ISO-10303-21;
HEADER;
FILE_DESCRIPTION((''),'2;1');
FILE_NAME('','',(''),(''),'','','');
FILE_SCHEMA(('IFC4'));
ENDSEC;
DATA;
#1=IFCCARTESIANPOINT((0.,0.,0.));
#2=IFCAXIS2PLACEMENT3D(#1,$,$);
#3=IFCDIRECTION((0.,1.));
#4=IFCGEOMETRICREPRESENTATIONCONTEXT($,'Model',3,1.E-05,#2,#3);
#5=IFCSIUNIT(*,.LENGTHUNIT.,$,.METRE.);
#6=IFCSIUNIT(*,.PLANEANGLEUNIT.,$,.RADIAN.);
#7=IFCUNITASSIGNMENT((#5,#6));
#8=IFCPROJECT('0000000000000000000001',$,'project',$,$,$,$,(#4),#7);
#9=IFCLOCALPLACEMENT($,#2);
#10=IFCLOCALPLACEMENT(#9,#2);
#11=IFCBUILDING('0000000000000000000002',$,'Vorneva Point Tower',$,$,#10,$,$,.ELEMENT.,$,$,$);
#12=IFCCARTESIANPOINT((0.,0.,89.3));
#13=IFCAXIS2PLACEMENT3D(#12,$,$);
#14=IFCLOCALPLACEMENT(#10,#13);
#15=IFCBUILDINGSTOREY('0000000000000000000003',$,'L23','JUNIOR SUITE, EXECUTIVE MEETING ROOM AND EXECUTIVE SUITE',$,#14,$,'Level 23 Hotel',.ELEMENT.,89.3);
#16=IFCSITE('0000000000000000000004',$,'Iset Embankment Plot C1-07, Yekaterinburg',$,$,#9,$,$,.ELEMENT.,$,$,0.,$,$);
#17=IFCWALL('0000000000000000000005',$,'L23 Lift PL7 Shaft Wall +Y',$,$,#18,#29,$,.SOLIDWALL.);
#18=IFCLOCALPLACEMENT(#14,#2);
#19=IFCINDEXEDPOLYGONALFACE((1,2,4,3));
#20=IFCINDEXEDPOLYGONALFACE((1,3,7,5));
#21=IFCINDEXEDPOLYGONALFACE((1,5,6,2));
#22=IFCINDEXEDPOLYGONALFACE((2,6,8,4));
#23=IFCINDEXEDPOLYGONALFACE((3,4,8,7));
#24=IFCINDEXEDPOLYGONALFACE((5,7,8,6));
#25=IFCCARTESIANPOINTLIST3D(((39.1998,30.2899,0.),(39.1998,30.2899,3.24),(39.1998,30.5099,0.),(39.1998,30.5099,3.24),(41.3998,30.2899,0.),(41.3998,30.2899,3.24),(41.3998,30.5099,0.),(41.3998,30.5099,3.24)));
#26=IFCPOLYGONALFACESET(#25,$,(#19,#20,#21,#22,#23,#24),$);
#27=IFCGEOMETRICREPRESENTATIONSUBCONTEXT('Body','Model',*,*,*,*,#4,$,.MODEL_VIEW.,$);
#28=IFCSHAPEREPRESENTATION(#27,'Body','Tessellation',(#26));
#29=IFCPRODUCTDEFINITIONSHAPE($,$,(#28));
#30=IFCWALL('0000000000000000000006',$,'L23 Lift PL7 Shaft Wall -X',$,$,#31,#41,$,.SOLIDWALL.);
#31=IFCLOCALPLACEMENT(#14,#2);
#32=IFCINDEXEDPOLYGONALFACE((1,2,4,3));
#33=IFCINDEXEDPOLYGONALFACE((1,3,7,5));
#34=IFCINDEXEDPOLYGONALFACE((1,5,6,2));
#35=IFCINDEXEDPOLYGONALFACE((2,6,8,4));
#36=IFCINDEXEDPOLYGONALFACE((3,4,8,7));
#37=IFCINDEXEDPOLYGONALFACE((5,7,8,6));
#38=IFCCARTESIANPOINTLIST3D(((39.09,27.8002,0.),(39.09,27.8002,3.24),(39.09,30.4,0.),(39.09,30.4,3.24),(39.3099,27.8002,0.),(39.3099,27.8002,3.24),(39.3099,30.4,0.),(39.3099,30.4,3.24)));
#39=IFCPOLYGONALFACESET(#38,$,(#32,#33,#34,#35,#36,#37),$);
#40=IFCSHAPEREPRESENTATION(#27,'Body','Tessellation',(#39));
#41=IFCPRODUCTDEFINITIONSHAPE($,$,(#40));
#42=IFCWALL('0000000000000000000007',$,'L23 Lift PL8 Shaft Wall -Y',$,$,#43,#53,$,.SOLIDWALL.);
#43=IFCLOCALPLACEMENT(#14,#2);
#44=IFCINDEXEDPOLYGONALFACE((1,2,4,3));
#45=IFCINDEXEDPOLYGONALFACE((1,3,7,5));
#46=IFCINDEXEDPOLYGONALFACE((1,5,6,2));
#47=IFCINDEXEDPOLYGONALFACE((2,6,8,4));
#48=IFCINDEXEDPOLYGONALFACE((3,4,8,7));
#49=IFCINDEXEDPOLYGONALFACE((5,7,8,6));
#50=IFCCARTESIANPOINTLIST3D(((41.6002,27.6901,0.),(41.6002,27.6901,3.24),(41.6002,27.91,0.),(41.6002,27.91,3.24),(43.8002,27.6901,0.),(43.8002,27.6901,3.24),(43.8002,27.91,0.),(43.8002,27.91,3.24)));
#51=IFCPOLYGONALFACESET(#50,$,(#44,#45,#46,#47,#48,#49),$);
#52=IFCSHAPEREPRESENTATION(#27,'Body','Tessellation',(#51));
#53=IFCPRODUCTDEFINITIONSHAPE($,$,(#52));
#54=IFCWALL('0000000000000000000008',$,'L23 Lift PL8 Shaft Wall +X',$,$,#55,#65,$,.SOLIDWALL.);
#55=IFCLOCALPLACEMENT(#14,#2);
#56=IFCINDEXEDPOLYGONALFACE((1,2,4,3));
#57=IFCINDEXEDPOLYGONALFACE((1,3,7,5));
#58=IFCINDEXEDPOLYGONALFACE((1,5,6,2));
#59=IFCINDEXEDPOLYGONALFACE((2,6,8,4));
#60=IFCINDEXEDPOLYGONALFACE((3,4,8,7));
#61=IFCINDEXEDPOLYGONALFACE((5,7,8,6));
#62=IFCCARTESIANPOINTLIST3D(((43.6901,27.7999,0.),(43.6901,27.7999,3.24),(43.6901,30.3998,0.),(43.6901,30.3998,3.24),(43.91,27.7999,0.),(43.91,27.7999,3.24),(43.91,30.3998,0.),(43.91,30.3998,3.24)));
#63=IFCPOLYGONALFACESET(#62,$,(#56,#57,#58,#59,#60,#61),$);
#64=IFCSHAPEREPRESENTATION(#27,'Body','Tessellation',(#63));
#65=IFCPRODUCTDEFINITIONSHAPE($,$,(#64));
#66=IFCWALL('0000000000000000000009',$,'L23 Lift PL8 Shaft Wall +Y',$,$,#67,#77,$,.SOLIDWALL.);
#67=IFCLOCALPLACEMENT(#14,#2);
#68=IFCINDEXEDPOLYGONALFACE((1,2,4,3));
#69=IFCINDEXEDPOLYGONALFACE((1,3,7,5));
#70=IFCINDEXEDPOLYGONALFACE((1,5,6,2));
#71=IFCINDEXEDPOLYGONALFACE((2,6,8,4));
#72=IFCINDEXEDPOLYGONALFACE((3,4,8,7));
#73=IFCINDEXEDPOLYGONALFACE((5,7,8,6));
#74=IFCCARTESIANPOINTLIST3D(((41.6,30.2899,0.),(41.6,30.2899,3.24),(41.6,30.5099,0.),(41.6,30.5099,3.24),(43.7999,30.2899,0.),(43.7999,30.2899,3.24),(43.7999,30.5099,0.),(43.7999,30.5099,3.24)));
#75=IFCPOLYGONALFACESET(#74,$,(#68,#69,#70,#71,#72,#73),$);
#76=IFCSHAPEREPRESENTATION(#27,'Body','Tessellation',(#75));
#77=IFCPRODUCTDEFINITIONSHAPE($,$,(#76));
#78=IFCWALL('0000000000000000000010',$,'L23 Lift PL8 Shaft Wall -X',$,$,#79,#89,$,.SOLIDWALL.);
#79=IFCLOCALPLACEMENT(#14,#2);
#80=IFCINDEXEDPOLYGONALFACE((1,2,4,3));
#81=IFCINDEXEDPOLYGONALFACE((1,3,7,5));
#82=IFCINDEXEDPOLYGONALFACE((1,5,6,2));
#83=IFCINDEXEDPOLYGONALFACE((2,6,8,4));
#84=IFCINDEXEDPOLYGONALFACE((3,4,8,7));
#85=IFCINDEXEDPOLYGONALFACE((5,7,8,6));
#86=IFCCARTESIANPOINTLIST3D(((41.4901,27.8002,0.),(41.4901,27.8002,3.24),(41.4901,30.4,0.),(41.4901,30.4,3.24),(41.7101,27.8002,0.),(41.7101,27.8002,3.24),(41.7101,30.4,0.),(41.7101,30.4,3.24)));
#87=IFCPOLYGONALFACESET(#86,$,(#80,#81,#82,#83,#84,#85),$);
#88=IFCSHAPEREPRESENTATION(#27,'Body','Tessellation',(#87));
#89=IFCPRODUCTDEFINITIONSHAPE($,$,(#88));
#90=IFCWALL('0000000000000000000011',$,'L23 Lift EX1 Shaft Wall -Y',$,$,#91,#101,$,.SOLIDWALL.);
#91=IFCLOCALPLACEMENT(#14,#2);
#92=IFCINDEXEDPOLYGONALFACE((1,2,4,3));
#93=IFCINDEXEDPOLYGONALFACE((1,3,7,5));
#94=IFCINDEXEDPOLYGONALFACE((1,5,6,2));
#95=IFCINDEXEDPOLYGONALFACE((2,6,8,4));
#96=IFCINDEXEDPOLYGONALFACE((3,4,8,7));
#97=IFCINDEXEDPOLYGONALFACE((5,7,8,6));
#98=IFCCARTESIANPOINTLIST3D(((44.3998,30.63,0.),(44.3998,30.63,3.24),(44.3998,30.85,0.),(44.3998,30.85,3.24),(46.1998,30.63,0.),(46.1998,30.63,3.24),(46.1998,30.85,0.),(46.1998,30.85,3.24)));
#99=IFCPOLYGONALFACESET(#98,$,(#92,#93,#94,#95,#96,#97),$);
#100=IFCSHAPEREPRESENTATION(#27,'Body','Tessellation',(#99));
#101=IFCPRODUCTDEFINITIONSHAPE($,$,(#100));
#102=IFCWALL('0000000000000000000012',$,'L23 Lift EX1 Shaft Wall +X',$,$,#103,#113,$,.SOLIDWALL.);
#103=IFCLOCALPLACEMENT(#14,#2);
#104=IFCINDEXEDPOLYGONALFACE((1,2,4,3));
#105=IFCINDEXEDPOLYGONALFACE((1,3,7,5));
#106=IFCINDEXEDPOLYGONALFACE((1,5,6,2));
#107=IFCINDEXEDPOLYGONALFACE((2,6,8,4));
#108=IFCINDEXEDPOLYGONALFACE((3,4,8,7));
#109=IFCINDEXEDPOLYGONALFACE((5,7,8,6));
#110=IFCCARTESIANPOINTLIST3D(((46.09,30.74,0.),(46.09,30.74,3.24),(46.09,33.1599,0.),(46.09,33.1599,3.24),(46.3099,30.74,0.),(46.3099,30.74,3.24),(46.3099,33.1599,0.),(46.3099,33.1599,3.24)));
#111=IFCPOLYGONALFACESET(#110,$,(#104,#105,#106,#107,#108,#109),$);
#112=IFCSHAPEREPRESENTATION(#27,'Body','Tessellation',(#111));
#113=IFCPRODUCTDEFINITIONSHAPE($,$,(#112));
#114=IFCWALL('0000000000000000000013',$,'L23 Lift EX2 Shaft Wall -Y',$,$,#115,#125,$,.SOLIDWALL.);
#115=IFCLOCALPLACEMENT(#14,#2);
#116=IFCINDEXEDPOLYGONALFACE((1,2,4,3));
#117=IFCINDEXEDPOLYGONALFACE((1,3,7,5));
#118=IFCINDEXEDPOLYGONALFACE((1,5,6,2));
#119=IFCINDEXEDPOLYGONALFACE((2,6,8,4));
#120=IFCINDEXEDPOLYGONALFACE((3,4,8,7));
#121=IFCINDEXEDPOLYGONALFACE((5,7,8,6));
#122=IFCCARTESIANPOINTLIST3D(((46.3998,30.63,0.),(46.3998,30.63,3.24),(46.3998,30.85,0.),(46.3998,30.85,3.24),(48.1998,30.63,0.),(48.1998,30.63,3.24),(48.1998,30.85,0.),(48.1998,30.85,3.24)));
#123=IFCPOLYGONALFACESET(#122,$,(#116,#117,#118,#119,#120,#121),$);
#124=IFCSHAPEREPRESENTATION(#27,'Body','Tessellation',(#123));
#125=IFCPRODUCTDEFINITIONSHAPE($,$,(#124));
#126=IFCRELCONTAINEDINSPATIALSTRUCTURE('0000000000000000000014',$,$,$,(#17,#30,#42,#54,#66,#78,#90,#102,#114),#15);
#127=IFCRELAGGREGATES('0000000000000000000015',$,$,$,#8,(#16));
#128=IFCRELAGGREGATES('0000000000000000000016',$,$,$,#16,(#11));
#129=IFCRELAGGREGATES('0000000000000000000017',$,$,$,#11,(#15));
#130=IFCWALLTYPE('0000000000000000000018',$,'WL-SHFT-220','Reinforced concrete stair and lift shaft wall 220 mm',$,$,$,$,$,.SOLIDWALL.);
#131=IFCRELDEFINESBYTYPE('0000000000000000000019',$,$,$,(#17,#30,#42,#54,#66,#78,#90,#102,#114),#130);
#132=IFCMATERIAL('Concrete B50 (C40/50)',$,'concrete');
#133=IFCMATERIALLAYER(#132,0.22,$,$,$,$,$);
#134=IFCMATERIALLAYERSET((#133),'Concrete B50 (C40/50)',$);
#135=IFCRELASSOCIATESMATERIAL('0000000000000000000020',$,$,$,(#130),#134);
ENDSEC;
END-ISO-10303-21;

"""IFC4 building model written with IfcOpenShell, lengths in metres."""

from ifc_helpers import new_model, si_unit, direction, frame, frame_2d, origin, place, context, subcontext, project, spatial, rectangle, extrude, material, layer, layer_set, type_object, element, save


model = new_model("IFC4")

# Units and contexts
model_context = context("Model", 3, precision=1e-05, world=origin(), true_north=direction((0.0, 1.0)))
body_context = subcontext(model_context, "Body", "Model", "MODEL_VIEW")
ifc_project = project(units=[si_unit("LENGTHUNIT", "METRE"), si_unit("PLANEANGLEUNIT", "RADIAN")], contexts=[model_context])

# Site, building, storey
site_placement = place(None, origin())
site = spatial("IfcSite", under=ifc_project, at=site_placement, Name="Iset Embankment Plot C1-07, Yekaterinburg", CompositionType="ELEMENT", RefElevation=0.0)
building_placement = place(site_placement, origin())
building = spatial("IfcBuilding", under=site, at=building_placement, Name="Vorneva Point Tower", CompositionType="ELEMENT")
storey_placement = place(building_placement, frame((0.0, 0.0, 89.3)))
storey = spatial("IfcBuildingStorey", under=building, at=storey_placement, Name="L23", Description="JUNIOR SUITE, EXECUTIVE MEETING ROOM AND EXECUTIVE SUITE", LongName="Level 23 Hotel", CompositionType="ELEMENT", Elevation=89.3)

# Walls
ifc_material_1 = material(Name="Concrete B50 (C40/50)", Category="concrete")
ifc_layer_1 = layer(ifc_material_1, 0.22)
ifc_layer_set_1 = layer_set([ifc_layer_1], Name="Concrete B50 (C40/50)")
wall_type_1 = type_object("IfcWallType", Name="WL-SHFT-220", Description="Reinforced concrete stair and lift shaft wall 220 mm", PredefinedType="SOLIDWALL", material=ifc_layer_set_1)
wall_1_placement = place(storey_placement, frame((41.3999, 30.3999, 0.0), z_axis=(0.0, 0.0, 1.0), x_axis=(-1.0, 0.0, 0.0)))
element("IfcWall", 1, at=wall_1_placement, inside=storey, type_object=wall_type_1, Name="L23 Lift PL7 Shaft Wall +Y", PredefinedType="SOLIDWALL", context=body_context, shape_type="SweptSolid", body=[
    extrude(rectangle(XDim=2.2, YDim=0.22, at=frame_2d((1.1001, 0.0))), origin(), (0.0, 0.0, 1.0), 3.24),
])
wall_2_placement = place(storey_placement, frame((39.2, 30.3999, 0.0), z_axis=(0.0, 0.0, 1.0), x_axis=(0.0, -1.0, 0.0)))
element("IfcWall", 2, at=wall_2_placement, inside=storey, type_object=wall_type_1, Name="L23 Lift PL7 Shaft Wall -X", PredefinedType="SOLIDWALL", context=body_context, shape_type="SweptSolid", body=[
    extrude(rectangle(XDim=2.5999, YDim=0.22, at=frame_2d((1.2998, 0.0))), origin(), (0.0, 0.0, 1.0), 3.24),
])
wall_3_placement = place(storey_placement, frame((41.6001, 27.8, 0.0), z_axis=(0.0, 0.0, 1.0), x_axis=(1.0, 0.0, 0.0)))
element("IfcWall", 3, at=wall_3_placement, inside=storey, type_object=wall_type_1, Name="L23 Lift PL8 Shaft Wall -Y", PredefinedType="SOLIDWALL", context=body_context, shape_type="SweptSolid", body=[
    extrude(rectangle(XDim=2.2, YDim=0.22, at=frame_2d((1.1001, 0.0))), origin(), (0.0, 0.0, 1.0), 3.24),
])
wall_4_placement = place(storey_placement, frame((43.8, 27.8, 0.0), z_axis=(0.0, 0.0, 1.0), x_axis=(0.0, 1.0, 0.0)))
element("IfcWall", 4, at=wall_4_placement, inside=storey, type_object=wall_type_1, Name="L23 Lift PL8 Shaft Wall +X", PredefinedType="SOLIDWALL", context=body_context, shape_type="SweptSolid", body=[
    extrude(rectangle(XDim=2.5999, YDim=0.22, at=frame_2d((1.2998, 0.0))), origin(), (0.0, 0.0, 1.0), 3.24),
])
wall_5_placement = place(storey_placement, frame((43.8, 30.3999, 0.0), z_axis=(0.0, 0.0, 1.0), x_axis=(-1.0, 0.0, 0.0)))
element("IfcWall", 5, at=wall_5_placement, inside=storey, type_object=wall_type_1, Name="L23 Lift PL8 Shaft Wall +Y", PredefinedType="SOLIDWALL", context=body_context, shape_type="SweptSolid", body=[
    extrude(rectangle(XDim=2.2, YDim=0.22, at=frame_2d((1.1001, 0.0))), origin(), (0.0, 0.0, 1.0), 3.24),
])
wall_6_placement = place(storey_placement, frame((41.6001, 30.3999, 0.0), z_axis=(0.0, 0.0, 1.0), x_axis=(0.0, -1.0, 0.0)))
element("IfcWall", 6, at=wall_6_placement, inside=storey, type_object=wall_type_1, Name="L23 Lift PL8 Shaft Wall -X", PredefinedType="SOLIDWALL", context=body_context, shape_type="SweptSolid", body=[
    extrude(rectangle(XDim=2.5999, YDim=0.22, at=frame_2d((1.2998, 0.0))), origin(), (0.0, 0.0, 1.0), 3.24),
])
wall_7_placement = place(storey_placement, frame((44.3999, 30.74, 0.0), z_axis=(0.0, 0.0, 1.0), x_axis=(1.0, 0.0, 0.0)))
element("IfcWall", 7, at=wall_7_placement, inside=storey, type_object=wall_type_1, Name="L23 Lift EX1 Shaft Wall -Y", PredefinedType="SOLIDWALL", context=body_context, shape_type="SweptSolid", body=[
    extrude(rectangle(XDim=1.8, YDim=0.22, at=frame_2d((0.8999, 0.0))), origin(), (0.0, 0.0, 1.0), 3.24),
])
wall_8_placement = place(storey_placement, frame((46.2, 30.74, 0.0), z_axis=(0.0, 0.0, 1.0), x_axis=(0.0, 1.0, 0.0)))
element("IfcWall", 8, at=wall_8_placement, inside=storey, type_object=wall_type_1, Name="L23 Lift EX1 Shaft Wall +X", PredefinedType="SOLIDWALL", context=body_context, shape_type="SweptSolid", body=[
    extrude(rectangle(XDim=2.4199, YDim=0.22, at=frame_2d((1.21, 0.0))), origin(), (0.0, 0.0, 1.0), 3.24),
])
wall_9_placement = place(storey_placement, frame((46.3999, 30.74, 0.0), z_axis=(0.0, 0.0, 1.0), x_axis=(1.0, 0.0, 0.0)))
element("IfcWall", 9, at=wall_9_placement, inside=storey, type_object=wall_type_1, Name="L23 Lift EX2 Shaft Wall -Y", PredefinedType="SOLIDWALL", context=body_context, shape_type="SweptSolid", body=[
    extrude(rectangle(XDim=1.8, YDim=0.22, at=frame_2d((0.8999, 0.0))), origin(), (0.0, 0.0, 1.0), 3.24),
])

save(model, "model.ifc")
